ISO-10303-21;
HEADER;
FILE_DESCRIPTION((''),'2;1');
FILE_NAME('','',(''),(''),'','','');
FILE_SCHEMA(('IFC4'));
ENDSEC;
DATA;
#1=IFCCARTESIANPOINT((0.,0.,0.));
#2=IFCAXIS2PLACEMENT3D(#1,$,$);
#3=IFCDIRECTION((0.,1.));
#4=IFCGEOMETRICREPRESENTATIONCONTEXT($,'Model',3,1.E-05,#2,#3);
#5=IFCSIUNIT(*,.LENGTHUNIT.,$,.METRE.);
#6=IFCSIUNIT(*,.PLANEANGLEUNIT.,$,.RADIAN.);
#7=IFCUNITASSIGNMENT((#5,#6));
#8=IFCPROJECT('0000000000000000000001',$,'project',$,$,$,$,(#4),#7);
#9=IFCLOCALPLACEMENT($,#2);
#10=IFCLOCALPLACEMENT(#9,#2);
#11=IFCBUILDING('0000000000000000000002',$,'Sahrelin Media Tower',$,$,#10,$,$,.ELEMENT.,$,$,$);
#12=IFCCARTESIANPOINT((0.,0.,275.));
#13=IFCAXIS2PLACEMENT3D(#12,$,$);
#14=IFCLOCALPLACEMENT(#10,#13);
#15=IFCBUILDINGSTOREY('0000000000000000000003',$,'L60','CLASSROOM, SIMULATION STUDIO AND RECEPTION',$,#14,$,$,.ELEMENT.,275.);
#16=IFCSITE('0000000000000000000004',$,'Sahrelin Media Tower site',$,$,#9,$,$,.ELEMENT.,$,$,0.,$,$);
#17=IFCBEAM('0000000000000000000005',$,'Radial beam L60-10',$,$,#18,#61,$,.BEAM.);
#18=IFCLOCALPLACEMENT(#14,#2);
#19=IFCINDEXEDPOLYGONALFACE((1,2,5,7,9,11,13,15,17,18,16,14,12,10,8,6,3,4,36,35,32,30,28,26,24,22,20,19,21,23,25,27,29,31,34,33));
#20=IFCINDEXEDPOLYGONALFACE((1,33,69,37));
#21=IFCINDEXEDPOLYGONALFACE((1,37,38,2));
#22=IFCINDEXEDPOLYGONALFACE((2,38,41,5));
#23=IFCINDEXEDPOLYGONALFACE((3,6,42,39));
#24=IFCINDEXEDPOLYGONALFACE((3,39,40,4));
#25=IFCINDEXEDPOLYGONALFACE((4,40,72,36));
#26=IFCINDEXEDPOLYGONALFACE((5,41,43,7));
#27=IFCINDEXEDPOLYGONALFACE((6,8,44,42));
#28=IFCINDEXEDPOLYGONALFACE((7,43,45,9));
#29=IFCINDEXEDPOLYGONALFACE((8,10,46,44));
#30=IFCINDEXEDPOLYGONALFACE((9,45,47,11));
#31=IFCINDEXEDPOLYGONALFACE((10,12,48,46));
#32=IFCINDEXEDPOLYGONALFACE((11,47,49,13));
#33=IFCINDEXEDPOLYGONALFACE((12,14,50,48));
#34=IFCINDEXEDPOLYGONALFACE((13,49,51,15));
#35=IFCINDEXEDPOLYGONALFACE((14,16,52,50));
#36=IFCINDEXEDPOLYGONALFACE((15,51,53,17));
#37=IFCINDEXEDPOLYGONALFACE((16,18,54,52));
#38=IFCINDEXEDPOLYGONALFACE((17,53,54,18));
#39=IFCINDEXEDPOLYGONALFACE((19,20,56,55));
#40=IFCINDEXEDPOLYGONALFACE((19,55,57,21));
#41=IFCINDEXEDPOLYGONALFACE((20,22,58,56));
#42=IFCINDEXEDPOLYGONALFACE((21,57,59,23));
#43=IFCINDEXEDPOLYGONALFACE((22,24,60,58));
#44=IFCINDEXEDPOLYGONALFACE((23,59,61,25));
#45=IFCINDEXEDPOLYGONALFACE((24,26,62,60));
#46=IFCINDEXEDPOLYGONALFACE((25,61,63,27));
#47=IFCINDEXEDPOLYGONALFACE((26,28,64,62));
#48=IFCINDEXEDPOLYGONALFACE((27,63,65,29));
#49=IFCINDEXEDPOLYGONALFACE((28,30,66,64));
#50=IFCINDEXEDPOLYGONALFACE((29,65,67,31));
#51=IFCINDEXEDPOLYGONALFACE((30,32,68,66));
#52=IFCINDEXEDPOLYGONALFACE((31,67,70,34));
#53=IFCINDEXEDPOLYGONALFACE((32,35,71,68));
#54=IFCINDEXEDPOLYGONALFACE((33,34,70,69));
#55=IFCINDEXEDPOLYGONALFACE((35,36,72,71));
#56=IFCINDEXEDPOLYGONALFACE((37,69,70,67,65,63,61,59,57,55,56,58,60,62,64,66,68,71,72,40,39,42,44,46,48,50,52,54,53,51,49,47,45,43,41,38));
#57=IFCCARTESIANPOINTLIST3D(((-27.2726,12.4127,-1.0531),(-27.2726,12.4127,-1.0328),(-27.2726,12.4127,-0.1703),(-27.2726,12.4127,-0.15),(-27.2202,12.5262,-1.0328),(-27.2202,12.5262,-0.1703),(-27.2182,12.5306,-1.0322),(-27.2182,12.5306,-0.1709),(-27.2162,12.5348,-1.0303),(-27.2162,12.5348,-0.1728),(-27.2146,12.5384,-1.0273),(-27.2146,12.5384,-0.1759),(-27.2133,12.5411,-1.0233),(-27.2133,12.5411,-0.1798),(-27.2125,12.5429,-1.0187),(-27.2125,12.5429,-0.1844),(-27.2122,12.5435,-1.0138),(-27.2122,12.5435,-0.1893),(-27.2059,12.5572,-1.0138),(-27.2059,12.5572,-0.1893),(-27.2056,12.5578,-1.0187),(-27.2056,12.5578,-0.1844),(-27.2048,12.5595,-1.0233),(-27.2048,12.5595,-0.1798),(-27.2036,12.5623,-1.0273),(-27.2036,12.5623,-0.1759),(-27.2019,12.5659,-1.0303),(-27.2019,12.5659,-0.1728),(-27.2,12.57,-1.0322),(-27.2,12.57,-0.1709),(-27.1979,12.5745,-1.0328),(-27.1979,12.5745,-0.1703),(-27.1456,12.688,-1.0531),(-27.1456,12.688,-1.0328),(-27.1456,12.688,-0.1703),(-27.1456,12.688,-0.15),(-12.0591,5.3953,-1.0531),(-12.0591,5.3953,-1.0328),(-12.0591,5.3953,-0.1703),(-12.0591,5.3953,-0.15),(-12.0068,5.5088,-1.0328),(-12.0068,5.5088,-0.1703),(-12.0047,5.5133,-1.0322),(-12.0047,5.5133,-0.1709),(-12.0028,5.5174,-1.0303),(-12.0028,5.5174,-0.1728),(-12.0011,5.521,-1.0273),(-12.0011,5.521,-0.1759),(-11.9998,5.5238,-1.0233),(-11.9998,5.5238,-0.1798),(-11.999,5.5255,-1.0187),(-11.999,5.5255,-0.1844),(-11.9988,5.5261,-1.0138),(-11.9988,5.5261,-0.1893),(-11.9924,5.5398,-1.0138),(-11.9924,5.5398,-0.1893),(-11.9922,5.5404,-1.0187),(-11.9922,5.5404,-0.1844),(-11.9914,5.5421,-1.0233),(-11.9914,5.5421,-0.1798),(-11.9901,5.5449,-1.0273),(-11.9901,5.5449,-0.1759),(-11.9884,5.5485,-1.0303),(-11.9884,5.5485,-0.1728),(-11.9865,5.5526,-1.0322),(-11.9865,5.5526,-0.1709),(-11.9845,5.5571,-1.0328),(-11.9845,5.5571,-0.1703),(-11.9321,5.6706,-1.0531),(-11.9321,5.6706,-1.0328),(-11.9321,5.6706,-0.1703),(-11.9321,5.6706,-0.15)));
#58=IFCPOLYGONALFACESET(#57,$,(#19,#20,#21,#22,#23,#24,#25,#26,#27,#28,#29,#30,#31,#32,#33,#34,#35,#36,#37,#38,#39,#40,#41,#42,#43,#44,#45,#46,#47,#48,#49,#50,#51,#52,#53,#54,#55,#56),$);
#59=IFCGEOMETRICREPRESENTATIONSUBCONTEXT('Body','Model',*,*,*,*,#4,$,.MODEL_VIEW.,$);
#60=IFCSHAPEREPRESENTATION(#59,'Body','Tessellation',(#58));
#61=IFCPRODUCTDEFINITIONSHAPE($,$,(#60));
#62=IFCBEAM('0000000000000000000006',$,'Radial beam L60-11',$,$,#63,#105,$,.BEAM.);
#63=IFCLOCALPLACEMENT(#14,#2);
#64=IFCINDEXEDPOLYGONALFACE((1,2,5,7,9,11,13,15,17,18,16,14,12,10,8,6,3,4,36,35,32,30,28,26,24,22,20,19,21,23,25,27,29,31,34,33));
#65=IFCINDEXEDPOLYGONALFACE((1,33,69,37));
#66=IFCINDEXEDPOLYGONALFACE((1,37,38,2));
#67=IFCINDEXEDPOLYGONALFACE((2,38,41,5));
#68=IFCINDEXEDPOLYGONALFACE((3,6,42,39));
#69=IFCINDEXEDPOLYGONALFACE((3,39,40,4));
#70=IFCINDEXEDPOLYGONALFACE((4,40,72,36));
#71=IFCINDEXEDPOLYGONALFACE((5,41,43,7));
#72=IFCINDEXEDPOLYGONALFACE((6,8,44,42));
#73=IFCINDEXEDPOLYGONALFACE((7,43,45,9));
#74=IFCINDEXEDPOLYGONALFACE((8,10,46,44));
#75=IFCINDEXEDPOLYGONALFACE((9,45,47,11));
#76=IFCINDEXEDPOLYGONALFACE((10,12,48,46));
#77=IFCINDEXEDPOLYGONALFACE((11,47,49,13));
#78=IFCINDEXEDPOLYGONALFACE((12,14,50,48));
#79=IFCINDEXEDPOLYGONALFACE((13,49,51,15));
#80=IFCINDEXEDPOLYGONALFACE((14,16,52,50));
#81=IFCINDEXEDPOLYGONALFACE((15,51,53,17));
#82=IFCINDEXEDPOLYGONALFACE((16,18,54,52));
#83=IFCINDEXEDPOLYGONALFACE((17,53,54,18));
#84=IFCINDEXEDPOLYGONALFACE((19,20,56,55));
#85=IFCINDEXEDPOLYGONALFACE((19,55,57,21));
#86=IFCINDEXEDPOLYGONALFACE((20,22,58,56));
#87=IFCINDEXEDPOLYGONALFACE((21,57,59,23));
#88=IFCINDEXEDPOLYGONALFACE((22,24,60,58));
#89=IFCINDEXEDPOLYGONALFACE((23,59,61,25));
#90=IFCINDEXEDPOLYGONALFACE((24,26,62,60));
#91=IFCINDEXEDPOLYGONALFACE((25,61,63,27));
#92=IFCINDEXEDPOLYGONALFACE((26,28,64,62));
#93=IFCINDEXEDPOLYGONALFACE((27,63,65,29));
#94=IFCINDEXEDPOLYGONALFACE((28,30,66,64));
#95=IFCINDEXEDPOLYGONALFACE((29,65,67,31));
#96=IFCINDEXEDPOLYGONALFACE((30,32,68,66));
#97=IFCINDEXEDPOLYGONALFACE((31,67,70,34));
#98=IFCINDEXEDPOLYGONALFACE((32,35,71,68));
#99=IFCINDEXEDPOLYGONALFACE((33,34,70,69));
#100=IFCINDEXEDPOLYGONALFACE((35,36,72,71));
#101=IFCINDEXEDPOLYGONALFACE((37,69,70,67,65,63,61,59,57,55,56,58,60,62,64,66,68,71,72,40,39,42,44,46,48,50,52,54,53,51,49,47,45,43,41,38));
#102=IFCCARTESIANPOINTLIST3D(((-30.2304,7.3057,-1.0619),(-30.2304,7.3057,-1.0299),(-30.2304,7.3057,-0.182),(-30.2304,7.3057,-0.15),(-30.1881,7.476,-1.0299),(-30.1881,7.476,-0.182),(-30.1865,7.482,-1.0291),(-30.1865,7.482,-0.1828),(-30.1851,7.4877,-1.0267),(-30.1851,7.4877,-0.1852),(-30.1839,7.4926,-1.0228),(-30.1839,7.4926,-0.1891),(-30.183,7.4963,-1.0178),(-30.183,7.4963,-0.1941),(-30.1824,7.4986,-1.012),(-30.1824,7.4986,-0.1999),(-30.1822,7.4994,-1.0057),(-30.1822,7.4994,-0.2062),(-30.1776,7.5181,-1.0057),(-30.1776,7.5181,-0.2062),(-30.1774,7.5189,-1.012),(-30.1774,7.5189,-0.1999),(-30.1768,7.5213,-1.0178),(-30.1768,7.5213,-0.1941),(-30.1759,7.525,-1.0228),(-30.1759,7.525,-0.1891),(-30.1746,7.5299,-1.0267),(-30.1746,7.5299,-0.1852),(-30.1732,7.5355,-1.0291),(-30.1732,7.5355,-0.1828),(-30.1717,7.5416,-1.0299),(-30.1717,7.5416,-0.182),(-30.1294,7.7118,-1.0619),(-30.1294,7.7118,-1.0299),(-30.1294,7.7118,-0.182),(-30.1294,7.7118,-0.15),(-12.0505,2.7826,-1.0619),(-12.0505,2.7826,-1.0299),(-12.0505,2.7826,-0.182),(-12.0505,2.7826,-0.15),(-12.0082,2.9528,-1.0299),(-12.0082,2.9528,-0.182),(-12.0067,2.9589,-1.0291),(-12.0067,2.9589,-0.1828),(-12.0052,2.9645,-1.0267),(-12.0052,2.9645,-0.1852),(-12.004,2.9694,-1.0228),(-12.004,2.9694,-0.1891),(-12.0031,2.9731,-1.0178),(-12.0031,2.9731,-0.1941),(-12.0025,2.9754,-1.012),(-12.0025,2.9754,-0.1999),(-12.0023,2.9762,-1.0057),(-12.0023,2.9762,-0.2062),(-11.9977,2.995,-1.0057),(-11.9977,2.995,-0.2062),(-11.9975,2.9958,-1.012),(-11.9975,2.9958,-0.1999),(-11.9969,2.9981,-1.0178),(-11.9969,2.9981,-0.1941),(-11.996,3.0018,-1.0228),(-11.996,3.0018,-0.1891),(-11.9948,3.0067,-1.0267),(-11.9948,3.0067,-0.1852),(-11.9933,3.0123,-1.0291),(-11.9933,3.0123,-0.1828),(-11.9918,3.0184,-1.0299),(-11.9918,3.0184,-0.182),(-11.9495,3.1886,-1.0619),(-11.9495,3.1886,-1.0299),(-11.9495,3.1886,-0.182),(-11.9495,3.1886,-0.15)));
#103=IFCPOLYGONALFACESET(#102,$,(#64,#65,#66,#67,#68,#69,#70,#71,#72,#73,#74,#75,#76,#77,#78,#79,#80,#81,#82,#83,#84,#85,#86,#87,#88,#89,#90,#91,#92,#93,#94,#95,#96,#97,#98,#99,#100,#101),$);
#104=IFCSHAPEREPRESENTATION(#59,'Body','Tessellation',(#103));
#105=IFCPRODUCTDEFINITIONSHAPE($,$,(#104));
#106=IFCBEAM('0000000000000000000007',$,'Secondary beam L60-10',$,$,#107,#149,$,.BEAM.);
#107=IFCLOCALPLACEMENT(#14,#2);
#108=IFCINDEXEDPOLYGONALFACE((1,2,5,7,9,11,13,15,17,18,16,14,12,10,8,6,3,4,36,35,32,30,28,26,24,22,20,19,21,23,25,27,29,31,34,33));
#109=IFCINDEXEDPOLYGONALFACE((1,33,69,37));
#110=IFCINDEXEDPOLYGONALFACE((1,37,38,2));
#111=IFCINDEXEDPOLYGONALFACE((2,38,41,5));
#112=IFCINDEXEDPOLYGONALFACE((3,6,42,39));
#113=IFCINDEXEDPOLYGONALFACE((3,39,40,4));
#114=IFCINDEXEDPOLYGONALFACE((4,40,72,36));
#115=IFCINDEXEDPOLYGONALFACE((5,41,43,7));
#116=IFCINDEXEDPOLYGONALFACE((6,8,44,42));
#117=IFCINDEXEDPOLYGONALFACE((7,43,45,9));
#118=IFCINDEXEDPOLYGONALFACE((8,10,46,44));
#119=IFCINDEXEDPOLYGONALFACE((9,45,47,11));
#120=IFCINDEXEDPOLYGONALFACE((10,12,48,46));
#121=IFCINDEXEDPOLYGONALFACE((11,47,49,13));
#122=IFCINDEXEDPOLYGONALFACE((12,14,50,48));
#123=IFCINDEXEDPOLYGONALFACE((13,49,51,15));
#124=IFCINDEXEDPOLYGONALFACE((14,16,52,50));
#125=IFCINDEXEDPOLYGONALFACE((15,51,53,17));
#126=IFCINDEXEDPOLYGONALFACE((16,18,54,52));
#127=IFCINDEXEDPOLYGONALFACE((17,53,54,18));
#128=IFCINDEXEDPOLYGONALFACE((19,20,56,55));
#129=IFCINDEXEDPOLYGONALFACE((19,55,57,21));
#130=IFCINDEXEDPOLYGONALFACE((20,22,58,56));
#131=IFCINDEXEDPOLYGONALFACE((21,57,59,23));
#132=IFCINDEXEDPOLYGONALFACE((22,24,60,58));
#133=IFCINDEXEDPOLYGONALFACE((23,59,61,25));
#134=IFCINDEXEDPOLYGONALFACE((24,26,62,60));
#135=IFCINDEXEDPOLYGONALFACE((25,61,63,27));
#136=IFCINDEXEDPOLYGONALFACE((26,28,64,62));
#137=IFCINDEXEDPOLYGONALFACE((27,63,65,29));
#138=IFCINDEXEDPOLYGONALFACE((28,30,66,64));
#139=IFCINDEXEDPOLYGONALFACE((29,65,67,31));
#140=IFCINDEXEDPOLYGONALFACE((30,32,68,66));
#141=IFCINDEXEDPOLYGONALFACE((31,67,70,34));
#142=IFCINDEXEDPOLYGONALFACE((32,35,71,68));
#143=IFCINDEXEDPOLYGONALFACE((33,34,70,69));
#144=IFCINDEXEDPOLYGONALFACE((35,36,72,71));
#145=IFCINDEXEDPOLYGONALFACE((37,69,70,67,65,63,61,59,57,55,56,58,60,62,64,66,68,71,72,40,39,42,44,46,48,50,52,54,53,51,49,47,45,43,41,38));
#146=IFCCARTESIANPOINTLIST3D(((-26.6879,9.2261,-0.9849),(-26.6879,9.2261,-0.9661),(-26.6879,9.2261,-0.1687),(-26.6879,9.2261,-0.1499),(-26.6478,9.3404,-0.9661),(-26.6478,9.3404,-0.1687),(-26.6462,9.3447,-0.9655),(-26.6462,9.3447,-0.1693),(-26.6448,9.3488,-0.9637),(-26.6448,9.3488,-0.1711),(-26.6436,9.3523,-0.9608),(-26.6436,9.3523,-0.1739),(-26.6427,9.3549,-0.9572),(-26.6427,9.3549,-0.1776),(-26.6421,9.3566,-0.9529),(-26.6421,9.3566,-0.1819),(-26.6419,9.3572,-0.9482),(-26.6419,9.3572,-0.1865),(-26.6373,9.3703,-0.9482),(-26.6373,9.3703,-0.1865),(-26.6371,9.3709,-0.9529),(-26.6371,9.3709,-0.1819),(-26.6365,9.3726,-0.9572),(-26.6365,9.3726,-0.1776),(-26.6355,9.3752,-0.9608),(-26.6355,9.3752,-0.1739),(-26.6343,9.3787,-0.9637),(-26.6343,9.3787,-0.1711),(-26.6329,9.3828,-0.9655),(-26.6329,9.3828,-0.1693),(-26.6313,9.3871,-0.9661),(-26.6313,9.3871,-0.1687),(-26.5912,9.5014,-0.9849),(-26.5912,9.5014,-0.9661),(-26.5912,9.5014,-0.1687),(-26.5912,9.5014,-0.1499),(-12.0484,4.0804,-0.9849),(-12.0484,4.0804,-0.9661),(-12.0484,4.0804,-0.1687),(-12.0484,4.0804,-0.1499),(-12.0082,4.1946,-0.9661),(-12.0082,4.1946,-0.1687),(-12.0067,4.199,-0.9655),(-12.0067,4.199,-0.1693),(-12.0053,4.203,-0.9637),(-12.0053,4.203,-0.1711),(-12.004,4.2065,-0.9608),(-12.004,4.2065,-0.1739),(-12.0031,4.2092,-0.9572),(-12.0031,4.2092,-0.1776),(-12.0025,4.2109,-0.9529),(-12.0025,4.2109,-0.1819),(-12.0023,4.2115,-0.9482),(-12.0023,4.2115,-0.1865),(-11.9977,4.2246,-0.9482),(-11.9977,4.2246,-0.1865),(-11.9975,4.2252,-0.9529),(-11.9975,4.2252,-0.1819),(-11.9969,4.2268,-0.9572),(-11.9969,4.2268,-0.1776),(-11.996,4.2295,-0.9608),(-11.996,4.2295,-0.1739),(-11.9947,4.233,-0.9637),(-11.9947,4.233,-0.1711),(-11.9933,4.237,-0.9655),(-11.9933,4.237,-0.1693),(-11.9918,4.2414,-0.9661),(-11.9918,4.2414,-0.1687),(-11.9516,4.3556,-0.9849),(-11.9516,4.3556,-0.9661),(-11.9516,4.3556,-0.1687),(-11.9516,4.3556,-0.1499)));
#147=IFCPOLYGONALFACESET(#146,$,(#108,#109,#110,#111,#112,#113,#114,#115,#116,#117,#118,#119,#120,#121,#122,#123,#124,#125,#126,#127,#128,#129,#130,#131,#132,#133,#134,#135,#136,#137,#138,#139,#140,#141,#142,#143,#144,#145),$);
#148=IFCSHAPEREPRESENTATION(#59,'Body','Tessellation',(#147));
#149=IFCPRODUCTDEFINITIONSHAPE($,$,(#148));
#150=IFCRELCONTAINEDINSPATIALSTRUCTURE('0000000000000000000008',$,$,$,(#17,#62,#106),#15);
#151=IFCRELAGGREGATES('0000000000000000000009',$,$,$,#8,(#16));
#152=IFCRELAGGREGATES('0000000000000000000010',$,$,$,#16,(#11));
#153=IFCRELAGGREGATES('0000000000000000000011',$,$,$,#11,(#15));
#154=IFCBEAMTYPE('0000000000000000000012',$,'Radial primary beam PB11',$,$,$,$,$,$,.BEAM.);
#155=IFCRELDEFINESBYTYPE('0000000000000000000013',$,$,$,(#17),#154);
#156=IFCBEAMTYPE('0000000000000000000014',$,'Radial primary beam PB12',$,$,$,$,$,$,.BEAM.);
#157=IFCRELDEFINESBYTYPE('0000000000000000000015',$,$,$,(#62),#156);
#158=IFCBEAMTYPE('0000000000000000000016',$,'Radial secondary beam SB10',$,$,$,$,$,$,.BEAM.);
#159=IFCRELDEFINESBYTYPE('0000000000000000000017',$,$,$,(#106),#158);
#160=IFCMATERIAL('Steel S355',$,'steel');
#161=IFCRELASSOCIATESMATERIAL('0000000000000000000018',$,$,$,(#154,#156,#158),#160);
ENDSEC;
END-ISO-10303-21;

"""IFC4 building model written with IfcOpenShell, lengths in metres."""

from ifc_helpers import new_model, si_unit, direction, frame, origin, origin_2d, place, context, subcontext, project, spatial, i_section, extrude, material, material_profile, profile_set, type_object, element, save


model = new_model("IFC4")

# Units and contexts
model_context = context("Model", 3, precision=1e-05, world=origin(), true_north=direction((0.0, 1.0)))
body_context = subcontext(model_context, "Body", "Model", "MODEL_VIEW")
ifc_project = project(units=[si_unit("LENGTHUNIT", "METRE"), si_unit("PLANEANGLEUNIT", "RADIAN")], contexts=[model_context])

# Site, building, storey
site_placement = place(None, origin())
site = spatial("IfcSite", under=ifc_project, at=site_placement, Name="Sahrelin Media Tower site", CompositionType="ELEMENT", RefElevation=0.0)
building_placement = place(site_placement, origin())
building = spatial("IfcBuilding", under=site, at=building_placement, Name="Sahrelin Media Tower", CompositionType="ELEMENT")
storey_placement = place(building_placement, frame((0.0, 0.0, 275.0)))
storey = spatial("IfcBuildingStorey", under=building, at=storey_placement, Name="L60", Description="CLASSROOM, SIMULATION STUDIO AND RECEPTION", CompositionType="ELEMENT", Elevation=275.0)

# Beams
ifc_material_1 = material(Name="Steel S355", Category="steel")
ifc_material_profile_1 = material_profile(ifc_material_1, i_section(OverallWidth=0.3032, OverallDepth=0.9031, WebThickness=0.0151, FlangeThickness=0.0203, FilletRadius=0.019, at=origin_2d()), Name="UB 914x305x201")
ifc_profile_set_1 = profile_set([ifc_material_profile_1], Name="Steel S355")
beam_type_1 = type_object("IfcBeamType", Name="Radial primary beam PB11", PredefinedType="BEAM", material=ifc_profile_set_1)
beam_1_placement = place(storey_placement, frame((-11.9956, 5.533, -0.6016), z_axis=(-0.908055, 0.41885, 0.0), x_axis=(-0.41885, -0.908055, 0.0)))
element("IfcBeam", 1, at=beam_1_placement, inside=storey, type_object=beam_type_1, Name="Radial beam L60-10", PredefinedType="BEAM", context=body_context, shape_type="SweptSolid", body=[
    extrude(i_section(OverallWidth=0.3032, OverallDepth=0.9031, WebThickness=0.0151, FlangeThickness=0.0203, FilletRadius=0.019, at=origin_2d()), origin(), (0.0, 0.0, 1.0), 16.7539),
])
ifc_material_profile_2 = material_profile(ifc_material_1, i_section(OverallWidth=0.4185, OverallDepth=0.9119, WebThickness=0.0193, FlangeThickness=0.032, FilletRadius=0.0242, at=origin_2d()), Name="UB 914x419x343")
ifc_profile_set_2 = profile_set([ifc_material_profile_2], Name="Steel S355")
beam_type_2 = type_object("IfcBeamType", Name="Radial primary beam PB12", PredefinedType="BEAM", material=ifc_profile_set_2)
beam_2_placement = place(storey_placement, frame((-12.0, 2.9856, -0.606), z_axis=(-0.970416, 0.241441, 0.0), x_axis=(-0.241441, -0.970416, 0.0)))
element("IfcBeam", 2, at=beam_2_placement, inside=storey, type_object=beam_type_2, Name="Radial beam L60-11", PredefinedType="BEAM", context=body_context, shape_type="SweptSolid", body=[
    extrude(i_section(OverallWidth=0.4185, OverallDepth=0.9119, WebThickness=0.0193, FlangeThickness=0.032, FilletRadius=0.0242, at=origin_2d()), origin(), (0.0, 0.0, 1.0), 18.7341),
])
ifc_material_profile_3 = material_profile(ifc_material_1, i_section(OverallWidth=0.2917, OverallDepth=0.835, WebThickness=0.0139, FlangeThickness=0.0188, FilletRadius=0.0178, at=origin_2d()), Name="UB 838x292x176")
ifc_profile_set_3 = profile_set([ifc_material_profile_3], Name="Steel S355")
beam_type_3 = type_object("IfcBeamType", Name="Radial secondary beam SB10", PredefinedType="BEAM", material=ifc_profile_set_3)
beam_3_placement = place(storey_placement, frame((-12.0, 4.218, -0.5674), z_axis=(-0.943418, 0.331606, 0.0), x_axis=(-0.331606, -0.943418, 0.0)))
element("IfcBeam", 3, at=beam_3_placement, inside=storey, type_object=beam_type_3, Name="Secondary beam L60-10", PredefinedType="BEAM", context=body_context, shape_type="SweptSolid", body=[
    extrude(i_section(OverallWidth=0.2917, OverallDepth=0.835, WebThickness=0.0139, FlangeThickness=0.0188, FilletRadius=0.0178, at=origin_2d()), origin(), (0.0, 0.0, 1.0), 15.5176),
])

save(model, "model.ifc")
